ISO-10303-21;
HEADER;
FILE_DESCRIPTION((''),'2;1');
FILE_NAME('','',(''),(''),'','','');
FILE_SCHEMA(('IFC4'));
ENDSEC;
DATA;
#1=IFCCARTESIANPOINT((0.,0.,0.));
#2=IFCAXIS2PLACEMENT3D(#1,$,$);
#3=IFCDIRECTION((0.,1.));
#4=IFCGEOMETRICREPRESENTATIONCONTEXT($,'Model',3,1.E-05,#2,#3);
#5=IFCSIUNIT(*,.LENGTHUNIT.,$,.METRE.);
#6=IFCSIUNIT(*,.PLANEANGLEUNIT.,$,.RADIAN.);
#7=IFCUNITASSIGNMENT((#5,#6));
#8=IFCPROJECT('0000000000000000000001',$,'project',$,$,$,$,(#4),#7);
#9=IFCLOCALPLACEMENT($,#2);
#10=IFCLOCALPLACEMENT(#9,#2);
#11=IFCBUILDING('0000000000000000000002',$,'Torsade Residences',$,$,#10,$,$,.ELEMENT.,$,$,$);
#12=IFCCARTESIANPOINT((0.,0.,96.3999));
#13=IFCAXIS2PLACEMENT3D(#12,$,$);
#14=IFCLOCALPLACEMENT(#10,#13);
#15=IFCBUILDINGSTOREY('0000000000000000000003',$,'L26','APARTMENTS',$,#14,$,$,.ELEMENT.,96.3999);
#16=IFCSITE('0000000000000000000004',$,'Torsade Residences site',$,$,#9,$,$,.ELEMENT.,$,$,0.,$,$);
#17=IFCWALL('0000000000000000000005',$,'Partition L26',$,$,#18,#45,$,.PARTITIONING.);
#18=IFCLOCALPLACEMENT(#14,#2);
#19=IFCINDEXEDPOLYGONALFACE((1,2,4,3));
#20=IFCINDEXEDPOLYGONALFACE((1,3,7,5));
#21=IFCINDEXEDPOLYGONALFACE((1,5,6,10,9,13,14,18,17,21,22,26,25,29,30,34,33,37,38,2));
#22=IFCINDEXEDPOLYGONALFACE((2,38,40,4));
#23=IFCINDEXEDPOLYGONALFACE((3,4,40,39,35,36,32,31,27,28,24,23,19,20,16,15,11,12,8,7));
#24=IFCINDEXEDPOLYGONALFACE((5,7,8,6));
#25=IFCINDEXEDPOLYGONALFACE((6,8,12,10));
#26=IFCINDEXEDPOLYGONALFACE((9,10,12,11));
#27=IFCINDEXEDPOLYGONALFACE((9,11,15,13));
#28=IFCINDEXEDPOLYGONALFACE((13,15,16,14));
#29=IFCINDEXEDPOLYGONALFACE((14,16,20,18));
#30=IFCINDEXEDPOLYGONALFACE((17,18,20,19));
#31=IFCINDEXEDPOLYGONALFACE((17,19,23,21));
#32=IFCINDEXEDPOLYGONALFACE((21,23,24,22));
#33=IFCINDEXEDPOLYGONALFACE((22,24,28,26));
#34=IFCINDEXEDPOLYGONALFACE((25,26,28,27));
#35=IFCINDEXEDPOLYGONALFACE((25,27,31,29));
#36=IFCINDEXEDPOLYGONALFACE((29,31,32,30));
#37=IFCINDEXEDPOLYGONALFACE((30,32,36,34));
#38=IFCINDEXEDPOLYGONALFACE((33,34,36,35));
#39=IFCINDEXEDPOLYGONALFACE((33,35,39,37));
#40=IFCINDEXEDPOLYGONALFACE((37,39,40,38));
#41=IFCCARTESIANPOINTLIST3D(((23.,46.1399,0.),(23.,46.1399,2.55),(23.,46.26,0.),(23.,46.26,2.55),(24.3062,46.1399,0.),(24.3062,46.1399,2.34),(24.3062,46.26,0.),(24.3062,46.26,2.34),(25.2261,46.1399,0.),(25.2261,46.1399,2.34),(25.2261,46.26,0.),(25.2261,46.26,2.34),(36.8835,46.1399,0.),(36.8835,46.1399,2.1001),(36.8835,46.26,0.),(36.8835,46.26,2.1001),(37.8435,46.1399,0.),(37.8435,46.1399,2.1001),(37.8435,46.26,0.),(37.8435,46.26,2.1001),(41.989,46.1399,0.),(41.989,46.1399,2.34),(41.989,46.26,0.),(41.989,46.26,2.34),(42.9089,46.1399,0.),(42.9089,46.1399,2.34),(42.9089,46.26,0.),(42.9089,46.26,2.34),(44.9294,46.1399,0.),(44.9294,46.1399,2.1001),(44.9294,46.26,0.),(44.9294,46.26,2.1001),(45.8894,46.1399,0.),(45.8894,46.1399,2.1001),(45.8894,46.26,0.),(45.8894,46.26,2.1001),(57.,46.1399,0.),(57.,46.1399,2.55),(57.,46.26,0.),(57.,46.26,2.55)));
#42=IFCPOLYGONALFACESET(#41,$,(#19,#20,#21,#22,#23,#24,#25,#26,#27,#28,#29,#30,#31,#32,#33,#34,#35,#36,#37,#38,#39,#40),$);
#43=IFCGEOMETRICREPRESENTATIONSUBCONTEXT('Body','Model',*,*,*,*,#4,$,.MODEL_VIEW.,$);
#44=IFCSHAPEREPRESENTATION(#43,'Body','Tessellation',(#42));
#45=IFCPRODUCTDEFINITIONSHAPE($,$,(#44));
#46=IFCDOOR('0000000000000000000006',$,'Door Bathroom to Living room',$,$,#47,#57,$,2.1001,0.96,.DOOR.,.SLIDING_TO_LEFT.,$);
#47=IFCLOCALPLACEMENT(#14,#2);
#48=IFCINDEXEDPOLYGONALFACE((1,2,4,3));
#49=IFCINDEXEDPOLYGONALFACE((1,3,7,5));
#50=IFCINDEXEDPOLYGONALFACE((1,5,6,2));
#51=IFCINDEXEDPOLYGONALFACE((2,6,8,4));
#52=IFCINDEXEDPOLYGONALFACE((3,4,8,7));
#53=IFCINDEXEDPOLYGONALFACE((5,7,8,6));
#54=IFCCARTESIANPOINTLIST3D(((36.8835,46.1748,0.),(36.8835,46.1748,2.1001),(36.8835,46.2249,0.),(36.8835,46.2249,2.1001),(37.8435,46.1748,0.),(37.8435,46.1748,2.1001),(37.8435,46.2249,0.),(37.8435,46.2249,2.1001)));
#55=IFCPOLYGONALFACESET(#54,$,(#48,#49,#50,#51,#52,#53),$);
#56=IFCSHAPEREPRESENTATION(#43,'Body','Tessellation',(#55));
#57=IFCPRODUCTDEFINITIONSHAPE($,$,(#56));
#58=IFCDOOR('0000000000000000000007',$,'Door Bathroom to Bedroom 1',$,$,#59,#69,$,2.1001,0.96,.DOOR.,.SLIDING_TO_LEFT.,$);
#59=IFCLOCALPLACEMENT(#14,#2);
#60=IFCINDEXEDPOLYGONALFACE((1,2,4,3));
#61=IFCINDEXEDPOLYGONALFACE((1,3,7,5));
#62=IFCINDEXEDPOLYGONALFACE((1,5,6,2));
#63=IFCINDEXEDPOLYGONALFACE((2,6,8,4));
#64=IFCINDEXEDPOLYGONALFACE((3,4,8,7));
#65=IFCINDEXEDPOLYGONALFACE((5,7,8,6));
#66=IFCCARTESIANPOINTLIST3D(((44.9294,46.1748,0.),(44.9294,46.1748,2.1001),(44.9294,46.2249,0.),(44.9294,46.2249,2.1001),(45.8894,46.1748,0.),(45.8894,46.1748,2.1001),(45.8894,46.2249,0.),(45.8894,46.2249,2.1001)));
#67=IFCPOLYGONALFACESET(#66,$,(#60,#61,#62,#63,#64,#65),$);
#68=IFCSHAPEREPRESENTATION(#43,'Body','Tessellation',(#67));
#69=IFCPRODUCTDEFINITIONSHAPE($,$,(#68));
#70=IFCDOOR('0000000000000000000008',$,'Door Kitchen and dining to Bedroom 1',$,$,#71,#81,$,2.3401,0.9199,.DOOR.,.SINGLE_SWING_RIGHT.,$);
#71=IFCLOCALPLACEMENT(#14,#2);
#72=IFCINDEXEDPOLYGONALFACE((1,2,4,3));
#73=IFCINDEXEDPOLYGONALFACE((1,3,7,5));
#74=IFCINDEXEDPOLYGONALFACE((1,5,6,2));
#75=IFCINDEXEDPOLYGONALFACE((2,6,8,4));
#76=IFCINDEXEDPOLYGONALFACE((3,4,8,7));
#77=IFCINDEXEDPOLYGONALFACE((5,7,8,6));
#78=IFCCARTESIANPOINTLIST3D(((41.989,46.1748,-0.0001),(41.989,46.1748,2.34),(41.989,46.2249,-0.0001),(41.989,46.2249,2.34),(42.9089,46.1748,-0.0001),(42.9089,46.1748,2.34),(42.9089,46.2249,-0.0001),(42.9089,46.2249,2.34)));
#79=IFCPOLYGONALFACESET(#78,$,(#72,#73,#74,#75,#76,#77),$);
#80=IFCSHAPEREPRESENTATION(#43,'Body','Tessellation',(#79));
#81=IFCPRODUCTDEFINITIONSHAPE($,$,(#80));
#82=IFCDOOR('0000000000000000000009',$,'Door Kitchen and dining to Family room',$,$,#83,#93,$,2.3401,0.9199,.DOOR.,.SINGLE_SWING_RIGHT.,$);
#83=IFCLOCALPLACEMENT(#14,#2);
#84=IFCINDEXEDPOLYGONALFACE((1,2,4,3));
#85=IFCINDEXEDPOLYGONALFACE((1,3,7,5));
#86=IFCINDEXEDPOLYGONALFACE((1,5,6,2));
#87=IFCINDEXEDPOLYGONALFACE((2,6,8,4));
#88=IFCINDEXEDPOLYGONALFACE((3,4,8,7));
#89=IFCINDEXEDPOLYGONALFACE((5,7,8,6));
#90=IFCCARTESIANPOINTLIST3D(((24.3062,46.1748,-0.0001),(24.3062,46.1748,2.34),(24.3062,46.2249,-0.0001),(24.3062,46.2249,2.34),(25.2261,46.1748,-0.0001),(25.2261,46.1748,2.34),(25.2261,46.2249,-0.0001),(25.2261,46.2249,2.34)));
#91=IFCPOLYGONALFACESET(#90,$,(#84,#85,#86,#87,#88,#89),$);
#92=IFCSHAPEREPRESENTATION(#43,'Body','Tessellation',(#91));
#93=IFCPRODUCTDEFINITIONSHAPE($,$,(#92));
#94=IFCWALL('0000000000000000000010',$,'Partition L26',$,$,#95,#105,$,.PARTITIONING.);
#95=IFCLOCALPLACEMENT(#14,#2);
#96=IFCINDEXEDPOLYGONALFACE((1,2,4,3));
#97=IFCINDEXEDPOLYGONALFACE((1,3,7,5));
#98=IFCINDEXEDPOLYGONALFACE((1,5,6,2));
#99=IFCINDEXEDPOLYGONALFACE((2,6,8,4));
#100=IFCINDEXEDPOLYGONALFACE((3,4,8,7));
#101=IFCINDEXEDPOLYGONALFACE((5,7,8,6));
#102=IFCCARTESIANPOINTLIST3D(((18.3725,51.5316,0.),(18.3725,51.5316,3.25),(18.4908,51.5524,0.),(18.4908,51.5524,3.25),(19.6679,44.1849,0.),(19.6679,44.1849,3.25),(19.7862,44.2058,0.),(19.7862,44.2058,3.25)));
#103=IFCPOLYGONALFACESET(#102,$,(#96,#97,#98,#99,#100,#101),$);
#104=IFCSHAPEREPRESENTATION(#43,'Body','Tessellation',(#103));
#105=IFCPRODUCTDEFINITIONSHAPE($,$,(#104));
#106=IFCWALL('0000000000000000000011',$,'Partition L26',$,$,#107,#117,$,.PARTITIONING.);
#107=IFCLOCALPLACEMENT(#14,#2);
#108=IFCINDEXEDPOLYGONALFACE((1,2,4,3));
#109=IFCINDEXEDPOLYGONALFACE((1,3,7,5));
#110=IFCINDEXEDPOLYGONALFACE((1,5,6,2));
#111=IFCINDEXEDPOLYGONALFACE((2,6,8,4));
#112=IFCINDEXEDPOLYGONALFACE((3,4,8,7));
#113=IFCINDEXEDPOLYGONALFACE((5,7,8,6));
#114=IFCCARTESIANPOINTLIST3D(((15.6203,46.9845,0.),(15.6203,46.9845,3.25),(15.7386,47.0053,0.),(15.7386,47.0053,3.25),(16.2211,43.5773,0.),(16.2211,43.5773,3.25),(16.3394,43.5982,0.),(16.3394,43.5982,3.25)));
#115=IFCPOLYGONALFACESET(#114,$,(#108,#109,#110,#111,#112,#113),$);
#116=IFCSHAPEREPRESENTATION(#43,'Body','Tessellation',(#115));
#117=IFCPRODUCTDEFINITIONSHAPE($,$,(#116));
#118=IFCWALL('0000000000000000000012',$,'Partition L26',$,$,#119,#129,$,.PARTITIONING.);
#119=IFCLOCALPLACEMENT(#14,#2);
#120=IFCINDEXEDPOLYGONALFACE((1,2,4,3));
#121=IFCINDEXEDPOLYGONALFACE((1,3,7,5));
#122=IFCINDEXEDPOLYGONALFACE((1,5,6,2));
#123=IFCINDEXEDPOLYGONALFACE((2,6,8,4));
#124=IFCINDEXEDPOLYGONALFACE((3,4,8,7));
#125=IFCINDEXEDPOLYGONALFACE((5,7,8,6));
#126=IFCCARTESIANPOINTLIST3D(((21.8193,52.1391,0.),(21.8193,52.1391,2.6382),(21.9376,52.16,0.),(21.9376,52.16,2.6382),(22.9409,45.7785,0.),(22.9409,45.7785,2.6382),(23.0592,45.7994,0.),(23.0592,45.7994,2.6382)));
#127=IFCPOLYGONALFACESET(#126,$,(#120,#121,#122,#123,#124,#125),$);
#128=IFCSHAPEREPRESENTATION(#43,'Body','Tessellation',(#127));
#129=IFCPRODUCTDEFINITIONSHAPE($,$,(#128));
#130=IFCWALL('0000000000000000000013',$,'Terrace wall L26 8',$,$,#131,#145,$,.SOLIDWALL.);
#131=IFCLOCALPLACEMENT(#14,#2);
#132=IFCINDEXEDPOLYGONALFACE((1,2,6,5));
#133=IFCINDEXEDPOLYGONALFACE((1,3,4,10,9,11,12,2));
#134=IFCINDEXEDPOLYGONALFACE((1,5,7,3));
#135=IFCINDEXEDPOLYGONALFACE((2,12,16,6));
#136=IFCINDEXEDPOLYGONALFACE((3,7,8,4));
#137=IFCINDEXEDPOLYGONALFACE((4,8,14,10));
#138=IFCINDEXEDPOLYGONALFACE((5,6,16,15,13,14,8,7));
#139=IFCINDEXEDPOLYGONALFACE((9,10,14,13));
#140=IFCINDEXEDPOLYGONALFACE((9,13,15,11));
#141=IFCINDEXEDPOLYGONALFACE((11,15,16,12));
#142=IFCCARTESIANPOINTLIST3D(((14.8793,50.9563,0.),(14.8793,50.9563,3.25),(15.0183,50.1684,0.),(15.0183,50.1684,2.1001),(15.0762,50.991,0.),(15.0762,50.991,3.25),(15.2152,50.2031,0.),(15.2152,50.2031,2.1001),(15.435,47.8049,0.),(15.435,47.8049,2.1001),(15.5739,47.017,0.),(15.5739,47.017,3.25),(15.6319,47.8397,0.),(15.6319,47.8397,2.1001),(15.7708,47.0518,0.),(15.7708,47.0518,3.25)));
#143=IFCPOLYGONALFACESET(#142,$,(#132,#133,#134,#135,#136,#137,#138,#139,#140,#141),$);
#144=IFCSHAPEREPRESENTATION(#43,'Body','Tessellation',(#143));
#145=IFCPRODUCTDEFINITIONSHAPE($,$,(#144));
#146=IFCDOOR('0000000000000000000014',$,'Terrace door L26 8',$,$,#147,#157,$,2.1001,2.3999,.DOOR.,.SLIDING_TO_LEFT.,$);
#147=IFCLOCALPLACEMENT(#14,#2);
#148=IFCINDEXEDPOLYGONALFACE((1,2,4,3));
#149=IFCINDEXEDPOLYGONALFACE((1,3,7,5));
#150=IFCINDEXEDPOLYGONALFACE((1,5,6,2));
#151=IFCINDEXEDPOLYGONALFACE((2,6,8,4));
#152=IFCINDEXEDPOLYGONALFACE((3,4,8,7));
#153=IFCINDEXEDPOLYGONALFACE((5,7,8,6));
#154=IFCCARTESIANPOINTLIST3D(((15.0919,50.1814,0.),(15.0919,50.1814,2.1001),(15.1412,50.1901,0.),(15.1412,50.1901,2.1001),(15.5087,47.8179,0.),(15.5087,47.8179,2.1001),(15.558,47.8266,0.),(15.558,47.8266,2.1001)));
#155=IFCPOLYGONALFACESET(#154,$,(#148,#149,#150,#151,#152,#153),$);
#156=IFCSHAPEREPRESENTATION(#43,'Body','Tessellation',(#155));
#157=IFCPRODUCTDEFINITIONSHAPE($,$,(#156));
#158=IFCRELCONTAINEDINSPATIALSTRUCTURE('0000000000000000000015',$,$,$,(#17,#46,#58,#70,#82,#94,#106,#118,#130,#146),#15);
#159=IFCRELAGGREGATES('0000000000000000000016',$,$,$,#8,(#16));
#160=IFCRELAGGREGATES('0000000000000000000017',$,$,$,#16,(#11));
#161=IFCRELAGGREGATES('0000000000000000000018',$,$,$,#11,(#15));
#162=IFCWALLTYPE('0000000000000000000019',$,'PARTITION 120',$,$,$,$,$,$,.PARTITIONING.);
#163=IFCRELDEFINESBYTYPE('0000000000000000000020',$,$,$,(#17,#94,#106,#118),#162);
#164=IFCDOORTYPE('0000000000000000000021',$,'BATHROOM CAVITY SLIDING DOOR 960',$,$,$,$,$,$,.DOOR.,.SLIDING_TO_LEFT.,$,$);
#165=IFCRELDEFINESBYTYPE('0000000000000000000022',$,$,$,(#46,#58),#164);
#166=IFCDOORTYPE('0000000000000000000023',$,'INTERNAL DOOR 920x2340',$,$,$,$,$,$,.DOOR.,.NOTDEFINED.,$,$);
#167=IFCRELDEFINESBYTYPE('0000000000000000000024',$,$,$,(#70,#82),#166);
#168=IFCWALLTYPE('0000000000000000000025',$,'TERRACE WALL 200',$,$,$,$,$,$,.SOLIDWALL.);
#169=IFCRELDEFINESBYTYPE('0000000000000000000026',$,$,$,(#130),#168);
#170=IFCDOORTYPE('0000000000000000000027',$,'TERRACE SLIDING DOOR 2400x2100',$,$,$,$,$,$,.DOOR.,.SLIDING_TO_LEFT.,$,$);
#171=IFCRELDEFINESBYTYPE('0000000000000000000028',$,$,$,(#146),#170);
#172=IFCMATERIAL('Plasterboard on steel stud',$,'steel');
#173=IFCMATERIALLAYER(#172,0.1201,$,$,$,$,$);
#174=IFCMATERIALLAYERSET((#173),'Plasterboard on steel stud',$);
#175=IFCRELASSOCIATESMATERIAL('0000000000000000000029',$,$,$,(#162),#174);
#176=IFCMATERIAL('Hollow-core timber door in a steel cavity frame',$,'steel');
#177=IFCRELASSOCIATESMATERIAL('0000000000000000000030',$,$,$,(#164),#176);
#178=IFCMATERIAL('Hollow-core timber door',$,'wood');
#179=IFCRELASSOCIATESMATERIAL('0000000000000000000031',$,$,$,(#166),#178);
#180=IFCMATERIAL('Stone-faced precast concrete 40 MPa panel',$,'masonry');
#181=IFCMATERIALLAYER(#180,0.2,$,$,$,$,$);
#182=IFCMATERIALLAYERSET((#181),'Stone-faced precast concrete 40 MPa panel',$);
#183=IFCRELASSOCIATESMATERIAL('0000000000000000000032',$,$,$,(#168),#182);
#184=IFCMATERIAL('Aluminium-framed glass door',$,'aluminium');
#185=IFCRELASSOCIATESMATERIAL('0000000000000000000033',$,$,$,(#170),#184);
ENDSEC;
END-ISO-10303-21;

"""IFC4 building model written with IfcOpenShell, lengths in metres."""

from ifc_helpers import new_model, si_unit, direction, frame, frame_2d, origin, place, context, subcontext, project, spatial, rectangle, extrude, material, layer, layer_set, type_object, element, fill, save


model = new_model("IFC4")

# Units and contexts
model_context = context("Model", 3, precision=1e-05, world=origin(), true_north=direction((0.0, 1.0)))
body_context = subcontext(model_context, "Body", "Model", "MODEL_VIEW")
ifc_project = project(units=[si_unit("LENGTHUNIT", "METRE"), si_unit("PLANEANGLEUNIT", "RADIAN")], contexts=[model_context])

# Site, building, storey
site_placement = place(None, origin())
site = spatial("IfcSite", under=ifc_project, at=site_placement, Name="Torsade Residences site", CompositionType="ELEMENT", RefElevation=0.0)
building_placement = place(site_placement, origin())
building = spatial("IfcBuilding", under=site, at=building_placement, Name="Torsade Residences", CompositionType="ELEMENT")
storey_placement = place(building_placement, frame((0.0, 0.0, 96.3999)))
storey = spatial("IfcBuildingStorey", under=building, at=storey_placement, Name="L26", Description="APARTMENTS", CompositionType="ELEMENT", Elevation=96.3999)

# Wall, openings, doors
ifc_material_1 = material(Name="Plasterboard on steel stud", Category="steel")
ifc_layer_1 = layer(ifc_material_1, 0.1201)
ifc_layer_set_1 = layer_set([ifc_layer_1], Name="Plasterboard on steel stud")
wall_type_1 = type_object("IfcWallType", Name="PARTITION 120", PredefinedType="PARTITIONING", material=ifc_layer_set_1)
wall_1_placement = place(storey_placement, frame((23.0, 46.2, 0.0), z_axis=(0.0, 0.0, 1.0), x_axis=(1.0, 0.0, 0.0)))
wall_1 = element("IfcWall", 1, at=wall_1_placement, inside=storey, type_object=wall_type_1, Name="Partition L26", PredefinedType="PARTITIONING", context=body_context, shape_type="SweptSolid", body=[
    extrude(rectangle(XDim=34.0, YDim=0.1201, at=frame_2d((17.0, 0.0))), origin(), (0.0, 0.0, 1.0), 2.55),
])
opening_1_placement = place(wall_1_placement, frame((18.989, 0.0, 0.0)))
opening_1 = element("IfcOpeningElement", 2, at=opening_1_placement, cuts=wall_1, PredefinedType="OPENING", context=body_context, shape_type="SweptSolid", body=[
    extrude(rectangle(XDim=0.9199, YDim=2.3401, at=frame_2d((0.46, 1.1699))), frame((0.0, 0.0701, 0.0), z_axis=(0.0, -1.0, 0.0), x_axis=(1.0, 0.0, 0.0)), (0.0, 0.0, 1.0), 0.1401),
])
opening_2_placement = place(wall_1_placement, frame((1.3062, 0.0, 0.0)))
opening_2 = element("IfcOpeningElement", 3, at=opening_2_placement, cuts=wall_1, PredefinedType="OPENING", context=body_context, shape_type="SweptSolid", body=[
    extrude(rectangle(XDim=0.9199, YDim=2.3401, at=frame_2d((0.46, 1.1699))), frame((0.0, 0.0701, 0.0), z_axis=(0.0, -1.0, 0.0), x_axis=(1.0, 0.0, 0.0)), (0.0, 0.0, 1.0), 0.1401),
])
opening_3_placement = place(wall_1_placement, frame((13.8835, 0.0, 0.0)))
opening_3 = element("IfcOpeningElement", 4, at=opening_3_placement, cuts=wall_1, PredefinedType="OPENING", context=body_context, shape_type="SweptSolid", body=[
    extrude(rectangle(XDim=0.96, YDim=2.1001, at=frame_2d((0.48, 1.05))), frame((0.0, 0.0701, 0.0), z_axis=(0.0, -1.0, 0.0), x_axis=(1.0, 0.0, 0.0)), (0.0, 0.0, 1.0), 0.1401),
])
opening_4_placement = place(wall_1_placement, frame((21.9294, 0.0, 0.0)))
opening_4 = element("IfcOpeningElement", 5, at=opening_4_placement, cuts=wall_1, PredefinedType="OPENING", context=body_context, shape_type="SweptSolid", body=[
    extrude(rectangle(XDim=0.96, YDim=2.1001, at=frame_2d((0.48, 1.05))), frame((0.0, 0.0701, 0.0), z_axis=(0.0, -1.0, 0.0), x_axis=(1.0, 0.0, 0.0)), (0.0, 0.0, 1.0), 0.1401),
])
ifc_material_2 = material(Name="Hollow-core timber door in a steel cavity frame", Category="steel")
door_type_1 = type_object("IfcDoorType", Name="BATHROOM CAVITY SLIDING DOOR 960", OperationType="SLIDING_TO_LEFT", PredefinedType="DOOR", material=ifc_material_2)
door_1_placement = place(opening_3_placement, origin())
door_1 = element("IfcDoor", 6, at=door_1_placement, inside=storey, type_object=door_type_1, Name="Door Bathroom to Living room", OperationType="SLIDING_TO_LEFT", OverallHeight=2.1001, OverallWidth=0.96, PredefinedType="DOOR", context=body_context, shape_type="SweptSolid", body=[
    extrude(rectangle(XDim=0.96, YDim=2.1001, at=frame_2d((0.48, 1.05))), frame((0.0, 0.0249, 0.0), z_axis=(0.0, -1.0, 0.0), x_axis=(1.0, 0.0, 0.0)), (0.0, 0.0, 1.0), 0.05),
])
fill(opening_3, door_1)
door_2_placement = place(opening_4_placement, origin())
door_2 = element("IfcDoor", 7, at=door_2_placement, inside=storey, type_object=door_type_1, Name="Door Bathroom to Bedroom 1", OperationType="SLIDING_TO_LEFT", OverallHeight=2.1001, OverallWidth=0.96, PredefinedType="DOOR", context=body_context, shape_type="SweptSolid", body=[
    extrude(rectangle(XDim=0.96, YDim=2.1001, at=frame_2d((0.48, 1.05))), frame((0.0, 0.0249, 0.0), z_axis=(0.0, -1.0, 0.0), x_axis=(1.0, 0.0, 0.0)), (0.0, 0.0, 1.0), 0.05),
])
fill(opening_4, door_2)
ifc_material_3 = material(Name="Hollow-core timber door", Category="wood")
door_type_2 = type_object("IfcDoorType", Name="INTERNAL DOOR 920x2340", OperationType="NOTDEFINED", PredefinedType="DOOR", material=ifc_material_3)
door_3_placement = place(opening_1_placement, origin())
door_3 = element("IfcDoor", 8, at=door_3_placement, inside=storey, type_object=door_type_2, Name="Door Kitchen and dining to Bedroom 1", OperationType="SINGLE_SWING_RIGHT", OverallHeight=2.3401, OverallWidth=0.9199, PredefinedType="DOOR", context=body_context, shape_type="SweptSolid", body=[
    extrude(rectangle(XDim=0.9199, YDim=2.3401, at=frame_2d((0.46, 1.1699))), frame((0.0, 0.0249, 0.0), z_axis=(0.0, -1.0, 0.0), x_axis=(1.0, 0.0, 0.0)), (0.0, 0.0, 1.0), 0.05),
])
fill(opening_1, door_3)
door_4_placement = place(opening_2_placement, origin())
door_4 = element("IfcDoor", 9, at=door_4_placement, inside=storey, type_object=door_type_2, Name="Door Kitchen and dining to Family room", OperationType="SINGLE_SWING_RIGHT", OverallHeight=2.3401, OverallWidth=0.9199, PredefinedType="DOOR", context=body_context, shape_type="SweptSolid", body=[
    extrude(rectangle(XDim=0.9199, YDim=2.3401, at=frame_2d((0.46, 1.1699))), frame((0.0, 0.0249, 0.0), z_axis=(0.0, -1.0, 0.0), x_axis=(1.0, 0.0, 0.0)), (0.0, 0.0, 1.0), 0.05),
])
fill(opening_2, door_4)

# Walls
wall_2_placement = place(storey_placement, frame((18.4316, 51.542, 0.0), z_axis=(0.0, 0.0, 1.0), x_axis=(0.173647, -0.984808, 0.0)))
element("IfcWall", 10, at=wall_2_placement, inside=storey, type_object=wall_type_1, Name="Partition L26", PredefinedType="PARTITIONING", context=body_context, shape_type="SweptSolid", body=[
    extrude(rectangle(XDim=7.46, YDim=0.1201, at=frame_2d((3.73, 0.0))), origin(), (0.0, 0.0, 1.0), 3.25),
])
wall_3_placement = place(storey_placement, frame((16.2803, 43.5876, 0.0), z_axis=(0.0, 0.0, 1.0), x_axis=(-0.173661, 0.984806, 0.0)))
element("IfcWall", 11, at=wall_3_placement, inside=storey, type_object=wall_type_1, Name="Partition L26", PredefinedType="PARTITIONING", context=body_context, shape_type="SweptSolid", body=[
    extrude(rectangle(XDim=3.4597, YDim=0.1201, at=frame_2d((1.73, 0.0))), origin(), (0.0, 0.0, 1.0), 3.25),
])
wall_4_placement = place(storey_placement, frame((21.8784, 52.1497, 0.0), z_axis=(0.0, 0.0, 1.0), x_axis=(0.173654, -0.984807, 0.0)))
element("IfcWall", 12, at=wall_4_placement, inside=storey, type_object=wall_type_1, Name="Partition L26", PredefinedType="PARTITIONING", context=body_context, shape_type="SweptSolid", body=[
    extrude(rectangle(XDim=6.4587, YDim=0.1201, at=frame_2d((3.2295, 0.0))), origin(), (0.0, 0.0, 1.0), 2.6382),
])

# Wall, opening, door
ifc_material_4 = material(Name="Stone-faced precast concrete 40 MPa panel", Category="masonry")
ifc_layer_2 = layer(ifc_material_4, 0.2)
ifc_layer_set_2 = layer_set([ifc_layer_2], Name="Stone-faced precast concrete 40 MPa panel")
wall_type_2 = type_object("IfcWallType", Name="TERRACE WALL 200", PredefinedType="SOLIDWALL", material=ifc_layer_set_2)
wall_5_placement = place(storey_placement, frame((14.9778, 50.9736, 0.0), z_axis=(0.0, 0.0, 1.0), x_axis=(0.173646, -0.984808, 0.0)))
wall_5 = element("IfcWall", 13, at=wall_5_placement, inside=storey, type_object=wall_type_2, Name="Terrace wall L26 8", PredefinedType="SOLIDWALL", context=body_context, shape_type="SweptSolid", body=[
    extrude(rectangle(XDim=4.0, YDim=0.2, at=frame_2d((2.0, 0.0))), origin(), (0.0, 0.0, 1.0), 3.25),
])
opening_5_placement = place(wall_5_placement, frame((0.8, 0.0, 0.0)))
opening_5 = element("IfcOpeningElement", 14, at=opening_5_placement, cuts=wall_5, PredefinedType="OPENING", context=body_context, shape_type="SweptSolid", body=[
    extrude(rectangle(XDim=2.3999, YDim=2.1001, at=frame_2d((1.2, 1.05))), frame((0.0, 0.1099, 0.0), z_axis=(0.0, -1.0, 0.0), x_axis=(1.0, 0.0, 0.0)), (0.0, 0.0, 1.0), 0.22),
])
ifc_material_5 = material(Name="Aluminium-framed glass door", Category="aluminium")
door_type_3 = type_object("IfcDoorType", Name="TERRACE SLIDING DOOR 2400x2100", OperationType="SLIDING_TO_LEFT", PredefinedType="DOOR", material=ifc_material_5)
door_5_placement = place(opening_5_placement, origin())
door_5 = element("IfcDoor", 15, at=door_5_placement, inside=storey, type_object=door_type_3, Name="Terrace door L26 8", OperationType="SLIDING_TO_LEFT", OverallHeight=2.1001, OverallWidth=2.3999, PredefinedType="DOOR", context=body_context, shape_type="SweptSolid", body=[
    extrude(rectangle(XDim=2.3999, YDim=2.1001, at=frame_2d((1.2, 1.05))), frame((0.0, 0.0249, 0.0), z_axis=(0.0, -1.0, 0.0), x_axis=(1.0, 0.0, 0.0)), (0.0, 0.0, 1.0), 0.05),
])
fill(opening_5, door_5)

save(model, "model.ifc")
